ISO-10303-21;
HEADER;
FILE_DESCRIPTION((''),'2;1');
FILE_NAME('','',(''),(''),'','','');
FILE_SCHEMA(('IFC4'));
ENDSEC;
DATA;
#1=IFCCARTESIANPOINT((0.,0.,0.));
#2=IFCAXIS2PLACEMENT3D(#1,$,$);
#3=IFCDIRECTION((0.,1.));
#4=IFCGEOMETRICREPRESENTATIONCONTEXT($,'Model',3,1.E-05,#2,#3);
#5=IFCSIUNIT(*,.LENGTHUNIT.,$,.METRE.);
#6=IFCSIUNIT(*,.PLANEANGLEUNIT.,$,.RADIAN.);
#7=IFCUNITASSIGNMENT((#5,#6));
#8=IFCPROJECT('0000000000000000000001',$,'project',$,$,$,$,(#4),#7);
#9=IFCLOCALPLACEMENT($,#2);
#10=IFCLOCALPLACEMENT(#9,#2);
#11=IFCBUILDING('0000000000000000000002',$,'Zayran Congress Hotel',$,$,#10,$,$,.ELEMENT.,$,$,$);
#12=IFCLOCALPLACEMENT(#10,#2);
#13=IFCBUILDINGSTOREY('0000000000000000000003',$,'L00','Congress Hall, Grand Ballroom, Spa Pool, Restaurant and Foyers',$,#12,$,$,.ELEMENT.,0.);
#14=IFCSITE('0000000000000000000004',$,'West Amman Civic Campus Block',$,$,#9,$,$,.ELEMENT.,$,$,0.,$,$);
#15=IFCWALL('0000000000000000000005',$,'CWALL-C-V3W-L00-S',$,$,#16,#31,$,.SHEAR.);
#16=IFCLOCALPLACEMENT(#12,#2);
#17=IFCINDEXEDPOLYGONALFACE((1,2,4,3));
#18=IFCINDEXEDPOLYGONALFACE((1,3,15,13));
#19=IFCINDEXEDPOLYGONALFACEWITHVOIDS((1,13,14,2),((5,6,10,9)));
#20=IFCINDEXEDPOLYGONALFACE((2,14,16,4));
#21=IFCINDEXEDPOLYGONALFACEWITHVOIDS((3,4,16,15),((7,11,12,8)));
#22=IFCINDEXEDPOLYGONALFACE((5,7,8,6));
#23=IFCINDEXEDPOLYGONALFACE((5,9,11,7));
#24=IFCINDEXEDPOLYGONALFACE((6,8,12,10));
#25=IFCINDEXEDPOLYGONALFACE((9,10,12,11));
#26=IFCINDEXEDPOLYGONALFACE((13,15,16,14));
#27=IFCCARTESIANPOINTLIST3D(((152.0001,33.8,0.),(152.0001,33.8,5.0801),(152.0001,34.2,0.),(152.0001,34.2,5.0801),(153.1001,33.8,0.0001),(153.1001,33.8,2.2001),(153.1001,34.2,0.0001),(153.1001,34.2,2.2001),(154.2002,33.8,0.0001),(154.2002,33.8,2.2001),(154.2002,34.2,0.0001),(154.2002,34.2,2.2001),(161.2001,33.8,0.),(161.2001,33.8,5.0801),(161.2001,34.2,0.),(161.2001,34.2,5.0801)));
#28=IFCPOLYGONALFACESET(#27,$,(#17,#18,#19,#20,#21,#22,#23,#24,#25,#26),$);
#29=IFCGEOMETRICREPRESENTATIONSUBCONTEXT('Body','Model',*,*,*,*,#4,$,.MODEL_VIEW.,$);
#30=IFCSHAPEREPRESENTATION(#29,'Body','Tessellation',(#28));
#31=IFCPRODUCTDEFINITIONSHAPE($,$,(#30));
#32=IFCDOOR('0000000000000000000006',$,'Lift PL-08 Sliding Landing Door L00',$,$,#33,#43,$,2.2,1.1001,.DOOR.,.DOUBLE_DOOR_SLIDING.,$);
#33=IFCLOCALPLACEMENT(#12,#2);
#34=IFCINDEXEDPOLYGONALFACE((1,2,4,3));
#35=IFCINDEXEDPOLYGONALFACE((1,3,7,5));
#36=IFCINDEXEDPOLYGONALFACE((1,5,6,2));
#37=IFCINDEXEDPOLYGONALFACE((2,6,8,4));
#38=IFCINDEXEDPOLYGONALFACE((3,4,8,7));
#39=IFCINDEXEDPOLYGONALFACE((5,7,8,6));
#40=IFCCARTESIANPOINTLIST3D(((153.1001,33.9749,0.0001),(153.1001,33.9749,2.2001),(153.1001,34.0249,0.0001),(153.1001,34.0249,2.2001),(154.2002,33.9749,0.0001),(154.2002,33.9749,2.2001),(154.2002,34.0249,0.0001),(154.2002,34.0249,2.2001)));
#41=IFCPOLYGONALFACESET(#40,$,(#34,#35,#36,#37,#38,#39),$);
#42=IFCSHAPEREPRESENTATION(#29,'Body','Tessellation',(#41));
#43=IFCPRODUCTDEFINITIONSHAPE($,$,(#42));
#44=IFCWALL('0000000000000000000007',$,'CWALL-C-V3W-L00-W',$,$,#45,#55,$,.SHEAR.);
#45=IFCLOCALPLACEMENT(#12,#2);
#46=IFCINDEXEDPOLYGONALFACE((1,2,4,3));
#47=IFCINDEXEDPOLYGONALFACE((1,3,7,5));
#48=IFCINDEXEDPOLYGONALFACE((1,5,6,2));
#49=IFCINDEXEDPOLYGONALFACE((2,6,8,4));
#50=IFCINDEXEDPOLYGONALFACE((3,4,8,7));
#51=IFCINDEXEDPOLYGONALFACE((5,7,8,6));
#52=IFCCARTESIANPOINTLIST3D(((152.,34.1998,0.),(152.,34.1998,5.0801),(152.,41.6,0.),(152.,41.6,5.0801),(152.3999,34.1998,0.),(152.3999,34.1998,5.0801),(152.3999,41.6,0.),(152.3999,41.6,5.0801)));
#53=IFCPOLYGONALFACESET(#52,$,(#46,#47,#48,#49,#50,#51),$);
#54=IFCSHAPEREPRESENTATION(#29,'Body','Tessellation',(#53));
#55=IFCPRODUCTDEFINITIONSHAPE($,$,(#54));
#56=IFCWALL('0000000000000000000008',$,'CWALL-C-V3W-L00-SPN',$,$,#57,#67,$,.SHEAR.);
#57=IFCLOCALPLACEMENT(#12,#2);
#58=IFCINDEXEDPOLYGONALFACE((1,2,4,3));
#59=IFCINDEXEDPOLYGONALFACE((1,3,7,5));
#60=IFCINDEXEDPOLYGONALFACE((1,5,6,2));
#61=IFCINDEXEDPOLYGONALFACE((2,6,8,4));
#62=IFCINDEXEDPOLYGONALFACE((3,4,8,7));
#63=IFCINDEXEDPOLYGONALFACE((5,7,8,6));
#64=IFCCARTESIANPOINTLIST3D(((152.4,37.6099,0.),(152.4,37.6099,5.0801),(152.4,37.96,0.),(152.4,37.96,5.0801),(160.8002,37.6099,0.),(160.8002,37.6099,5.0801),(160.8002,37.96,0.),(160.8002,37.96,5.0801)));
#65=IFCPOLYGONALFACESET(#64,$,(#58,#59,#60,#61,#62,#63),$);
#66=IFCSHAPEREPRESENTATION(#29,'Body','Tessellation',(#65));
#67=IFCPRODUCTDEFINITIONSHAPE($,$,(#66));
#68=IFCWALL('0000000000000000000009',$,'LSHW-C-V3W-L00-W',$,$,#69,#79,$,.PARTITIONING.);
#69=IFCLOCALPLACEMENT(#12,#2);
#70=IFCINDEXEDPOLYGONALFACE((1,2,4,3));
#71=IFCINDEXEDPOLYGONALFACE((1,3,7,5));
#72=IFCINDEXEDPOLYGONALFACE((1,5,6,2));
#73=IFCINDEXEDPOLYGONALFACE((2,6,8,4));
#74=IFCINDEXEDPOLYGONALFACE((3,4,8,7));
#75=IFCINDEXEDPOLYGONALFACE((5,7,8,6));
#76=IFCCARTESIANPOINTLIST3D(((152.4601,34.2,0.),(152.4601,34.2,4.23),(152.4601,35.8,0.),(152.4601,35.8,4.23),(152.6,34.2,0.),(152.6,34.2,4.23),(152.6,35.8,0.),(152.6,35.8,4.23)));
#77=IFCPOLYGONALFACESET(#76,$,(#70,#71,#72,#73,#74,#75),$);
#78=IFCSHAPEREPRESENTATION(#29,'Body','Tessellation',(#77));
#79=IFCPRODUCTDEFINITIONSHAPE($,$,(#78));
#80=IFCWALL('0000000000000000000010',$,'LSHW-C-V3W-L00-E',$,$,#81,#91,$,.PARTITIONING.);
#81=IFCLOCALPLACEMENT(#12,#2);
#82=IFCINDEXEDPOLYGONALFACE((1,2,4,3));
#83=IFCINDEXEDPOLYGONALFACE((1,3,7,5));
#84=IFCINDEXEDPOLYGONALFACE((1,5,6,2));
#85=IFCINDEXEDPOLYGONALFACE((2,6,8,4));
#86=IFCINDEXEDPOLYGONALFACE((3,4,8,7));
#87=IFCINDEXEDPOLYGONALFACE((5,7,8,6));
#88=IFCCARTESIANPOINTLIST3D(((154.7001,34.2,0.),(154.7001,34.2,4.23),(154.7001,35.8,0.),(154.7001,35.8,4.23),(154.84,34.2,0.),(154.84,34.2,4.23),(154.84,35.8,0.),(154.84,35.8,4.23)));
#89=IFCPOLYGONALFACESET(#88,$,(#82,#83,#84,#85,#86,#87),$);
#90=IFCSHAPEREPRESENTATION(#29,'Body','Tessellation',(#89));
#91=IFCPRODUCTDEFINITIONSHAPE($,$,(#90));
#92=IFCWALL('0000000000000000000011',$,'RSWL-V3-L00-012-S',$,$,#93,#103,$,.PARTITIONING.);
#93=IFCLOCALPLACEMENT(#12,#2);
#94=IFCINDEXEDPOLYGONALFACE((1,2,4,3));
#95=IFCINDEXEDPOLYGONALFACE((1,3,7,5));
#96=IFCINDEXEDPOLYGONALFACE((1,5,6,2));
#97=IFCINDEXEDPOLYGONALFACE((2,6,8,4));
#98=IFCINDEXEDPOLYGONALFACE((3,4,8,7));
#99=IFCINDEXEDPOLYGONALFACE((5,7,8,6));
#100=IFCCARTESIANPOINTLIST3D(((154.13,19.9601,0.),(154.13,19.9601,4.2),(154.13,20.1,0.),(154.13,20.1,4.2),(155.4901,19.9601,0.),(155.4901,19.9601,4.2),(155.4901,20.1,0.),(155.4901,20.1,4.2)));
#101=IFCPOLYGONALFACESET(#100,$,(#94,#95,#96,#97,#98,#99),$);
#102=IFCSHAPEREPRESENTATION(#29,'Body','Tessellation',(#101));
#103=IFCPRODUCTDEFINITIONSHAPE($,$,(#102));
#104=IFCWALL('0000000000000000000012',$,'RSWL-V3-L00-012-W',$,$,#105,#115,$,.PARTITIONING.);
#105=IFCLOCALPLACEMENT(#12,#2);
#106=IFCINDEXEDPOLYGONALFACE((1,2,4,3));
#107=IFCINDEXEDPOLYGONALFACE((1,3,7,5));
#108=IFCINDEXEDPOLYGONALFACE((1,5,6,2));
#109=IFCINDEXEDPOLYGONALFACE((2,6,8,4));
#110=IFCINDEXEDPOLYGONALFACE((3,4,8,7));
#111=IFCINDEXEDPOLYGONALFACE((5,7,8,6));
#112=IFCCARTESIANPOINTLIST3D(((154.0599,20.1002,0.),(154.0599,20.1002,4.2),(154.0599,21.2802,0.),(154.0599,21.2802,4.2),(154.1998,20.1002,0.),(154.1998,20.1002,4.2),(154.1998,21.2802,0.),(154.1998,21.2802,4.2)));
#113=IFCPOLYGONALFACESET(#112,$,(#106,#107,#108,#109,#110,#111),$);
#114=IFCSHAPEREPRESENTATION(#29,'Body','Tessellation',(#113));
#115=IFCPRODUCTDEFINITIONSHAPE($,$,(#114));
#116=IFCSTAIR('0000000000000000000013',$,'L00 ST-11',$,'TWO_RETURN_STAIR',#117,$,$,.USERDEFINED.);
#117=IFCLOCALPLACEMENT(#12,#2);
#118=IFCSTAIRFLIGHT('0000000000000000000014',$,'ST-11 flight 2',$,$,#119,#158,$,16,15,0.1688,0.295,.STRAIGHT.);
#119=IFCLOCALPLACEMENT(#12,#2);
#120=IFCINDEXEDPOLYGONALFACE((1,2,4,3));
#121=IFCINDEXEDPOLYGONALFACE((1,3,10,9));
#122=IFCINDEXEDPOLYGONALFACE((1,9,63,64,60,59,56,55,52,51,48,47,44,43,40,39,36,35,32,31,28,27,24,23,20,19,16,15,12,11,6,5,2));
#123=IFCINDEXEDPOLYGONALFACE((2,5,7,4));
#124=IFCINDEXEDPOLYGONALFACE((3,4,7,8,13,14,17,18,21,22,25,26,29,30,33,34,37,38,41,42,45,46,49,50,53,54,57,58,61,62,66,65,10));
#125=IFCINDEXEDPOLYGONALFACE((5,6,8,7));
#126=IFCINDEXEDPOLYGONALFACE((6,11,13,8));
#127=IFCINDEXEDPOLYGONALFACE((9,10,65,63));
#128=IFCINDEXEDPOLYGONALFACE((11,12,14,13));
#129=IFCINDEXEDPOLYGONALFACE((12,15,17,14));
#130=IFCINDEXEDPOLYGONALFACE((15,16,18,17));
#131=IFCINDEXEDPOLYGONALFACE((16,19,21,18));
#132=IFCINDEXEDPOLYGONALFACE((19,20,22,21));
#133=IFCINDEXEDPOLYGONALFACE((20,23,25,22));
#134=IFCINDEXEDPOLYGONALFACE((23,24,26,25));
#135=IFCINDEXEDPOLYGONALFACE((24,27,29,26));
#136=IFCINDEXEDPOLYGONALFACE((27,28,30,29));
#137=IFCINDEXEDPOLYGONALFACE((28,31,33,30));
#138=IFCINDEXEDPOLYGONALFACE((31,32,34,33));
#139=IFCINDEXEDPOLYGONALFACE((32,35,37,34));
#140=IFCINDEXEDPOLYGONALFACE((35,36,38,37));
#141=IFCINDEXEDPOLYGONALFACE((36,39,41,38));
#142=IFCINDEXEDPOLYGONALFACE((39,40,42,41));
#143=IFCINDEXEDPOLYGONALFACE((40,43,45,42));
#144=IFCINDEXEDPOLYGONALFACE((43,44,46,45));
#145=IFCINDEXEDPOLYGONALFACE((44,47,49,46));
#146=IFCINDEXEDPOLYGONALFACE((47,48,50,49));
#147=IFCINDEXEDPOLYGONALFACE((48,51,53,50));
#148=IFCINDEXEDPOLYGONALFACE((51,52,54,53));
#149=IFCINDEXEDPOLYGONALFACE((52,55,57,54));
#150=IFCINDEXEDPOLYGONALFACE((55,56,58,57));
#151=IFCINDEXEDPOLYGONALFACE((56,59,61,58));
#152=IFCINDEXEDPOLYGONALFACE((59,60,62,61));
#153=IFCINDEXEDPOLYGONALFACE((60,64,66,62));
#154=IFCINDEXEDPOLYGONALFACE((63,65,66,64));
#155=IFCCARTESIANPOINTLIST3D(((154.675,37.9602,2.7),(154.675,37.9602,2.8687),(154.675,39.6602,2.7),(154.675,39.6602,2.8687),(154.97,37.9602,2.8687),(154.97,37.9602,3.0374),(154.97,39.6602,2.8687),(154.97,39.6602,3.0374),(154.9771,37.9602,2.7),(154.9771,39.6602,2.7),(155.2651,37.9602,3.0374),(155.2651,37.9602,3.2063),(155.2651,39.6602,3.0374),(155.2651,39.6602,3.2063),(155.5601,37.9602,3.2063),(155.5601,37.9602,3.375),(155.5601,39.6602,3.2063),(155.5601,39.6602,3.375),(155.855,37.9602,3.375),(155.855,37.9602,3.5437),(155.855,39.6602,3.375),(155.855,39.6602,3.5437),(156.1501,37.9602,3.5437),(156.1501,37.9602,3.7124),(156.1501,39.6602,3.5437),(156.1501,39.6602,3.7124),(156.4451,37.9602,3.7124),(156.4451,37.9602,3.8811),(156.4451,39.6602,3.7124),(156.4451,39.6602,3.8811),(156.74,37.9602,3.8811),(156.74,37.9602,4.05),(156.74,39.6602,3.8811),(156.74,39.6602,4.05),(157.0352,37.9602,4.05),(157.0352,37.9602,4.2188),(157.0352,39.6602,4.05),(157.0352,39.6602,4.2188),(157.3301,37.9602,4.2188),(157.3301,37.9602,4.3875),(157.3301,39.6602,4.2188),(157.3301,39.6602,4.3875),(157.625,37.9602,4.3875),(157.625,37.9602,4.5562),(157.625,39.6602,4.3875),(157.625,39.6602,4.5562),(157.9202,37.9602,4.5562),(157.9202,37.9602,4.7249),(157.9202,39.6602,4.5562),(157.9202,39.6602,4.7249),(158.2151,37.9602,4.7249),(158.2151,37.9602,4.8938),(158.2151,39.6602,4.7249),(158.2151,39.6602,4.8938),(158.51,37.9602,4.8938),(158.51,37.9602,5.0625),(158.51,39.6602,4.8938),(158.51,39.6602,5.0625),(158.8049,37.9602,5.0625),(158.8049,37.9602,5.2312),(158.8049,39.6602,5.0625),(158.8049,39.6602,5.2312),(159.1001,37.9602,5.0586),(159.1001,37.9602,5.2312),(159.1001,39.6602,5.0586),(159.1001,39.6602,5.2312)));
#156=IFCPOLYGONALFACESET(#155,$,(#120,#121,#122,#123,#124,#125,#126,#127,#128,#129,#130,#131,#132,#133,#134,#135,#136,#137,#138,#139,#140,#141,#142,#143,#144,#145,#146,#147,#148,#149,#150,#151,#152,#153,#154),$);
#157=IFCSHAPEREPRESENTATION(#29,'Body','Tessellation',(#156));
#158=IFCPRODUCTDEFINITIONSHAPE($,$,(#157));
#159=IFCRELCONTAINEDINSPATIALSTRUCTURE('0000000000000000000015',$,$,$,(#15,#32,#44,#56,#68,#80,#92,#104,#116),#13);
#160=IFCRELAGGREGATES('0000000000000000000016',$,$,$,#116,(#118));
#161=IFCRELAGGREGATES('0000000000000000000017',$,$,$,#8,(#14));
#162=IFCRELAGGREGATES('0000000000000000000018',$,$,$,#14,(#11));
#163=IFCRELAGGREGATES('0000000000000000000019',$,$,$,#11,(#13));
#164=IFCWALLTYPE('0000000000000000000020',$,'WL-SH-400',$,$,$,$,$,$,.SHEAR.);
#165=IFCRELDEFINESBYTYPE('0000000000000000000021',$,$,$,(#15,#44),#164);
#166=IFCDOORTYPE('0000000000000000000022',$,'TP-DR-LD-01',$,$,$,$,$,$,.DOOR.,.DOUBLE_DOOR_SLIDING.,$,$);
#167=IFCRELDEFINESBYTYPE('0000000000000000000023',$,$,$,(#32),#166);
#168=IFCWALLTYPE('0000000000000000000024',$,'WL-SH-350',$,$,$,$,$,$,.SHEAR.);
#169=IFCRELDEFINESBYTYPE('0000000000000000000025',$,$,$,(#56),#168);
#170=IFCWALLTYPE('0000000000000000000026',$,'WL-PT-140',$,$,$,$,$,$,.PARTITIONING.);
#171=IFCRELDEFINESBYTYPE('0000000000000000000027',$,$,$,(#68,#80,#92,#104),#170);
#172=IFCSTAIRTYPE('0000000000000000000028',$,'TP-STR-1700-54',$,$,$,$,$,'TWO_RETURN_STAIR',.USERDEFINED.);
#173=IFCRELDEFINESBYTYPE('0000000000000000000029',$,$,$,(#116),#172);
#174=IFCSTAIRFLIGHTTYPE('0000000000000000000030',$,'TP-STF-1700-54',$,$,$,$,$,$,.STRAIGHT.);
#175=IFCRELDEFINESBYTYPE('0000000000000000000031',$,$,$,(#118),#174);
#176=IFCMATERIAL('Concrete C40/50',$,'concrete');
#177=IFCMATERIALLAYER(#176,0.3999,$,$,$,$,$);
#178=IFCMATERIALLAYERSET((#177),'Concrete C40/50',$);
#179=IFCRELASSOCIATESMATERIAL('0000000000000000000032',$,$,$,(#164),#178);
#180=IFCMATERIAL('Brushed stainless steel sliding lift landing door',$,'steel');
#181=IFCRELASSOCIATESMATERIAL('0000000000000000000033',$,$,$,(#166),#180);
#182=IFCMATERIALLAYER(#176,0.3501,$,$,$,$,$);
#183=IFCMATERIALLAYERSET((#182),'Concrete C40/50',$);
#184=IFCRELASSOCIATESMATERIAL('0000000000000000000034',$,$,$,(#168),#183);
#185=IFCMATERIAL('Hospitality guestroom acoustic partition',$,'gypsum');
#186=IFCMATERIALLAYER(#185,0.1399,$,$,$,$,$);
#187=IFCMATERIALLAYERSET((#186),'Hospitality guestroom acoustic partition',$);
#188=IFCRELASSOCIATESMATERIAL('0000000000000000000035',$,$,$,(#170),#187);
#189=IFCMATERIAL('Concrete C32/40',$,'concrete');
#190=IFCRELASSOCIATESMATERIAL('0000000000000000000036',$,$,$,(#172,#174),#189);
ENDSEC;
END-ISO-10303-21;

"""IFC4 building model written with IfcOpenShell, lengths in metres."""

from ifc_helpers import new_model, si_unit, direction, frame, frame_2d, origin, place, context, subcontext, project, spatial, polyline, rectangle, outline, extrude, material, layer, layer_set, type_object, element, fill, aggregate, save


model = new_model("IFC4")

# Units and contexts
model_context = context("Model", 3, precision=1e-05, world=origin(), true_north=direction((0.0, 1.0)))
body_context = subcontext(model_context, "Body", "Model", "MODEL_VIEW")
ifc_project = project(units=[si_unit("LENGTHUNIT", "METRE"), si_unit("PLANEANGLEUNIT", "RADIAN")], contexts=[model_context])

# Site, building, storey
site_placement = place(None, origin())
site = spatial("IfcSite", under=ifc_project, at=site_placement, Name="West Amman Civic Campus Block", CompositionType="ELEMENT", RefElevation=0.0)
building_placement = place(site_placement, origin())
building = spatial("IfcBuilding", under=site, at=building_placement, Name="Zayran Congress Hotel", CompositionType="ELEMENT")
storey_placement = place(building_placement, origin())
storey = spatial("IfcBuildingStorey", under=building, at=storey_placement, Name="L00", Description="Congress Hall, Grand Ballroom, Spa Pool, Restaurant and Foyers", CompositionType="ELEMENT", Elevation=0.0)

# Shared definitions
ifc_material_1 = material(Name="Concrete C40/50", Category="concrete")

# Wall, opening, door
ifc_layer_1 = layer(ifc_material_1, 0.3999)
ifc_layer_set_1 = layer_set([ifc_layer_1], Name="Concrete C40/50")
wall_type_1 = type_object("IfcWallType", Name="WL-SH-400", PredefinedType="SHEAR", material=ifc_layer_set_1)
wall_1_placement = place(storey_placement, frame((152.0, 34.0, 0.0), z_axis=(0.0, 0.0, 1.0), x_axis=(1.0, 0.0, 0.0)))
wall_1 = element("IfcWall", 1, at=wall_1_placement, inside=storey, type_object=wall_type_1, Name="CWALL-C-V3W-L00-S", PredefinedType="SHEAR", context=body_context, shape_type="SweptSolid", body=[
    extrude(rectangle(XDim=9.2, YDim=0.3999, at=frame_2d((4.6001, 0.0))), origin(), (0.0, 0.0, 1.0), 5.0801),
])
opening_placement = place(wall_1_placement, frame((1.1001, 0.0, 0.0)))
opening = element("IfcOpeningElement", 2, at=opening_placement, cuts=wall_1, PredefinedType="OPENING", context=body_context, shape_type="SweptSolid", body=[
    extrude(rectangle(XDim=1.1001, YDim=2.2, at=frame_2d((0.55, 1.1001))), frame((0.0, 0.21, 0.0), z_axis=(0.0, -1.0, 0.0), x_axis=(1.0, 0.0, 0.0)), (0.0, 0.0, 1.0), 0.4199),
])
ifc_material_2 = material(Name="Brushed stainless steel sliding lift landing door", Category="steel")
door_type = type_object("IfcDoorType", Name="TP-DR-LD-01", OperationType="DOUBLE_DOOR_SLIDING", PredefinedType="DOOR", material=ifc_material_2)
door_placement = place(opening_placement, origin())
door = element("IfcDoor", 3, at=door_placement, inside=storey, type_object=door_type, Name="Lift PL-08 Sliding Landing Door L00", OperationType="DOUBLE_DOOR_SLIDING", OverallHeight=2.2, OverallWidth=1.1001, PredefinedType="DOOR", context=body_context, shape_type="SweptSolid", body=[
    extrude(rectangle(XDim=1.1001, YDim=2.2, at=frame_2d((0.55, 1.1001))), frame((0.0, 0.0249, 0.0), z_axis=(0.0, -1.0, 0.0), x_axis=(1.0, 0.0, 0.0)), (0.0, 0.0, 1.0), 0.05),
])
fill(opening, door)

# Walls
wall_2_placement = place(storey_placement, frame((152.2, 41.6001, 0.0), z_axis=(0.0, 0.0, 1.0), x_axis=(0.0, -1.0, 0.0)))
element("IfcWall", 4, at=wall_2_placement, inside=storey, type_object=wall_type_1, Name="CWALL-C-V3W-L00-W", PredefinedType="SHEAR", context=body_context, shape_type="SweptSolid", body=[
    extrude(rectangle(XDim=7.4001, YDim=0.3999, at=frame_2d((3.7002, 0.0))), origin(), (0.0, 0.0, 1.0), 5.0801),
])
ifc_layer_2 = layer(ifc_material_1, 0.3501)
ifc_layer_set_2 = layer_set([ifc_layer_2], Name="Concrete C40/50")
wall_type_2 = type_object("IfcWallType", Name="WL-SH-350", PredefinedType="SHEAR", material=ifc_layer_set_2)
wall_3_placement = place(storey_placement, frame((152.3999, 37.7849, 0.0), z_axis=(0.0, 0.0, 1.0), x_axis=(1.0, 0.0, 0.0)))
element("IfcWall", 5, at=wall_3_placement, inside=storey, type_object=wall_type_2, Name="CWALL-C-V3W-L00-SPN", PredefinedType="SHEAR", context=body_context, shape_type="SweptSolid", body=[
    extrude(rectangle(XDim=8.4001, YDim=0.3501, at=frame_2d((4.2002, 0.0))), origin(), (0.0, 0.0, 1.0), 5.0801),
])
ifc_material_3 = material(Name="Hospitality guestroom acoustic partition", Category="gypsum")
ifc_layer_3 = layer(ifc_material_3, 0.1399)
ifc_layer_set_3 = layer_set([ifc_layer_3], Name="Hospitality guestroom acoustic partition")
wall_type_3 = type_object("IfcWallType", Name="WL-PT-140", PredefinedType="PARTITIONING", material=ifc_layer_set_3)
for number, where, z_axis, x_axis, name in (
    (6, (152.53, 34.2, 0.0), (0.0, 0.0, 1.0), (0.0, 1.0, 0.0), "LSHW-C-V3W-L00-W"),
    (7, (154.77, 34.2, 0.0), (0.0, 0.0, 1.0), (0.0, 1.0, 0.0), "LSHW-C-V3W-L00-E"),
):
    element("IfcWall", number, at=place(storey_placement, frame(where, z_axis=z_axis, x_axis=x_axis)), inside=storey, type_object=wall_type_3, Name=name, PredefinedType="PARTITIONING", context=body_context, shape_type="SweptSolid", body=[
        extrude(rectangle(XDim=1.6001, YDim=0.1399, at=frame_2d((0.8, 0.0))), origin(), (0.0, 0.0, 1.0), 4.23),
    ])
wall_4_placement = place(storey_placement, frame((154.1299, 20.03, 0.0), z_axis=(0.0, 0.0, 1.0), x_axis=(1.0, 0.0, 0.0)))
element("IfcWall", 8, at=wall_4_placement, inside=storey, type_object=wall_type_3, Name="RSWL-V3-L00-012-S", PredefinedType="PARTITIONING", context=body_context, shape_type="SweptSolid", body=[
    extrude(rectangle(XDim=1.3601, YDim=0.1399, at=frame_2d((0.6802, 0.0))), origin(), (0.0, 0.0, 1.0), 4.2),
])
wall_5_placement = place(storey_placement, frame((154.1299, 21.28, 0.0), z_axis=(0.0, 0.0, 1.0), x_axis=(0.0, -1.0, 0.0)))
element("IfcWall", 9, at=wall_5_placement, inside=storey, type_object=wall_type_3, Name="RSWL-V3-L00-012-W", PredefinedType="PARTITIONING", context=body_context, shape_type="SweptSolid", body=[
    extrude(rectangle(XDim=1.1799, YDim=0.1399, at=frame_2d((0.5898, 0.0))), origin(), (0.0, 0.0, 1.0), 4.2),
])

# Stair, stair flight
ifc_material_4 = material(Name="Concrete C32/40", Category="concrete")
stair_type = type_object("IfcStairType", Name="TP-STR-1700-54", ElementType="TWO_RETURN_STAIR", PredefinedType="USERDEFINED", material=ifc_material_4)
stair_placement = place(storey_placement, origin())
stair = element("IfcStair", 10, at=stair_placement, inside=storey, type_object=stair_type, Name="L00 ST-11", ObjectType="TWO_RETURN_STAIR", PredefinedType="USERDEFINED")
stair_flight_type = type_object("IfcStairFlightType", Name="TP-STF-1700-54", PredefinedType="STRAIGHT", material=ifc_material_4)
stair_flight_placement = place(storey_placement, frame((154.675, 38.8101, 2.7), z_axis=(0.0, 0.0, 1.0), x_axis=(1.0, 0.0, 0.0)))
stair_flight = element("IfcStairFlight", 11, at=stair_flight_placement, type_object=stair_flight_type, Name="ST-11 flight 2", NumberOfRisers=16, NumberOfTreads=15, PredefinedType="STRAIGHT", RiserHeight=0.1688, TreadLength=0.295, context=body_context, shape_type="SweptSolid", body=[
    extrude(outline(polyline([(0.0, 0.0), (0.0, 0.1687), (0.2949, 0.1687), (0.2949, 0.3374), (0.5901, 0.3374), (0.5901, 0.5063), (0.885, 0.5063), (0.885, 0.675), (1.1799, 0.675), (1.1799, 0.8438), (1.4751, 0.8438), (1.4751, 1.0125), (1.77, 1.0125), (1.77, 1.1812), (2.0649, 1.1812), (2.0649, 1.3501), (2.3601, 1.3501), (2.3601, 1.5188), (2.655, 1.5188), (2.655, 1.6875), (2.95, 1.6875), (2.95, 1.8562), (3.2451, 1.8562), (3.2451, 2.0249), (3.54, 2.0249), (3.54, 2.1938), (3.835, 2.1938), (3.835, 2.3625), (4.1299, 2.3625), (4.1299, 2.5312), (4.425, 2.5312), (4.425, 2.7), (4.425, 2.3586), (0.302, 0.0), (0.0, 0.0)])), frame((0.0, 0.8501, 0.0), z_axis=(0.0, -1.0, 0.0), x_axis=(1.0, 0.0, 0.0)), (0.0, 0.0, 1.0), 1.7),
])
aggregate(stair, [stair_flight])

save(model, "model.ifc")
